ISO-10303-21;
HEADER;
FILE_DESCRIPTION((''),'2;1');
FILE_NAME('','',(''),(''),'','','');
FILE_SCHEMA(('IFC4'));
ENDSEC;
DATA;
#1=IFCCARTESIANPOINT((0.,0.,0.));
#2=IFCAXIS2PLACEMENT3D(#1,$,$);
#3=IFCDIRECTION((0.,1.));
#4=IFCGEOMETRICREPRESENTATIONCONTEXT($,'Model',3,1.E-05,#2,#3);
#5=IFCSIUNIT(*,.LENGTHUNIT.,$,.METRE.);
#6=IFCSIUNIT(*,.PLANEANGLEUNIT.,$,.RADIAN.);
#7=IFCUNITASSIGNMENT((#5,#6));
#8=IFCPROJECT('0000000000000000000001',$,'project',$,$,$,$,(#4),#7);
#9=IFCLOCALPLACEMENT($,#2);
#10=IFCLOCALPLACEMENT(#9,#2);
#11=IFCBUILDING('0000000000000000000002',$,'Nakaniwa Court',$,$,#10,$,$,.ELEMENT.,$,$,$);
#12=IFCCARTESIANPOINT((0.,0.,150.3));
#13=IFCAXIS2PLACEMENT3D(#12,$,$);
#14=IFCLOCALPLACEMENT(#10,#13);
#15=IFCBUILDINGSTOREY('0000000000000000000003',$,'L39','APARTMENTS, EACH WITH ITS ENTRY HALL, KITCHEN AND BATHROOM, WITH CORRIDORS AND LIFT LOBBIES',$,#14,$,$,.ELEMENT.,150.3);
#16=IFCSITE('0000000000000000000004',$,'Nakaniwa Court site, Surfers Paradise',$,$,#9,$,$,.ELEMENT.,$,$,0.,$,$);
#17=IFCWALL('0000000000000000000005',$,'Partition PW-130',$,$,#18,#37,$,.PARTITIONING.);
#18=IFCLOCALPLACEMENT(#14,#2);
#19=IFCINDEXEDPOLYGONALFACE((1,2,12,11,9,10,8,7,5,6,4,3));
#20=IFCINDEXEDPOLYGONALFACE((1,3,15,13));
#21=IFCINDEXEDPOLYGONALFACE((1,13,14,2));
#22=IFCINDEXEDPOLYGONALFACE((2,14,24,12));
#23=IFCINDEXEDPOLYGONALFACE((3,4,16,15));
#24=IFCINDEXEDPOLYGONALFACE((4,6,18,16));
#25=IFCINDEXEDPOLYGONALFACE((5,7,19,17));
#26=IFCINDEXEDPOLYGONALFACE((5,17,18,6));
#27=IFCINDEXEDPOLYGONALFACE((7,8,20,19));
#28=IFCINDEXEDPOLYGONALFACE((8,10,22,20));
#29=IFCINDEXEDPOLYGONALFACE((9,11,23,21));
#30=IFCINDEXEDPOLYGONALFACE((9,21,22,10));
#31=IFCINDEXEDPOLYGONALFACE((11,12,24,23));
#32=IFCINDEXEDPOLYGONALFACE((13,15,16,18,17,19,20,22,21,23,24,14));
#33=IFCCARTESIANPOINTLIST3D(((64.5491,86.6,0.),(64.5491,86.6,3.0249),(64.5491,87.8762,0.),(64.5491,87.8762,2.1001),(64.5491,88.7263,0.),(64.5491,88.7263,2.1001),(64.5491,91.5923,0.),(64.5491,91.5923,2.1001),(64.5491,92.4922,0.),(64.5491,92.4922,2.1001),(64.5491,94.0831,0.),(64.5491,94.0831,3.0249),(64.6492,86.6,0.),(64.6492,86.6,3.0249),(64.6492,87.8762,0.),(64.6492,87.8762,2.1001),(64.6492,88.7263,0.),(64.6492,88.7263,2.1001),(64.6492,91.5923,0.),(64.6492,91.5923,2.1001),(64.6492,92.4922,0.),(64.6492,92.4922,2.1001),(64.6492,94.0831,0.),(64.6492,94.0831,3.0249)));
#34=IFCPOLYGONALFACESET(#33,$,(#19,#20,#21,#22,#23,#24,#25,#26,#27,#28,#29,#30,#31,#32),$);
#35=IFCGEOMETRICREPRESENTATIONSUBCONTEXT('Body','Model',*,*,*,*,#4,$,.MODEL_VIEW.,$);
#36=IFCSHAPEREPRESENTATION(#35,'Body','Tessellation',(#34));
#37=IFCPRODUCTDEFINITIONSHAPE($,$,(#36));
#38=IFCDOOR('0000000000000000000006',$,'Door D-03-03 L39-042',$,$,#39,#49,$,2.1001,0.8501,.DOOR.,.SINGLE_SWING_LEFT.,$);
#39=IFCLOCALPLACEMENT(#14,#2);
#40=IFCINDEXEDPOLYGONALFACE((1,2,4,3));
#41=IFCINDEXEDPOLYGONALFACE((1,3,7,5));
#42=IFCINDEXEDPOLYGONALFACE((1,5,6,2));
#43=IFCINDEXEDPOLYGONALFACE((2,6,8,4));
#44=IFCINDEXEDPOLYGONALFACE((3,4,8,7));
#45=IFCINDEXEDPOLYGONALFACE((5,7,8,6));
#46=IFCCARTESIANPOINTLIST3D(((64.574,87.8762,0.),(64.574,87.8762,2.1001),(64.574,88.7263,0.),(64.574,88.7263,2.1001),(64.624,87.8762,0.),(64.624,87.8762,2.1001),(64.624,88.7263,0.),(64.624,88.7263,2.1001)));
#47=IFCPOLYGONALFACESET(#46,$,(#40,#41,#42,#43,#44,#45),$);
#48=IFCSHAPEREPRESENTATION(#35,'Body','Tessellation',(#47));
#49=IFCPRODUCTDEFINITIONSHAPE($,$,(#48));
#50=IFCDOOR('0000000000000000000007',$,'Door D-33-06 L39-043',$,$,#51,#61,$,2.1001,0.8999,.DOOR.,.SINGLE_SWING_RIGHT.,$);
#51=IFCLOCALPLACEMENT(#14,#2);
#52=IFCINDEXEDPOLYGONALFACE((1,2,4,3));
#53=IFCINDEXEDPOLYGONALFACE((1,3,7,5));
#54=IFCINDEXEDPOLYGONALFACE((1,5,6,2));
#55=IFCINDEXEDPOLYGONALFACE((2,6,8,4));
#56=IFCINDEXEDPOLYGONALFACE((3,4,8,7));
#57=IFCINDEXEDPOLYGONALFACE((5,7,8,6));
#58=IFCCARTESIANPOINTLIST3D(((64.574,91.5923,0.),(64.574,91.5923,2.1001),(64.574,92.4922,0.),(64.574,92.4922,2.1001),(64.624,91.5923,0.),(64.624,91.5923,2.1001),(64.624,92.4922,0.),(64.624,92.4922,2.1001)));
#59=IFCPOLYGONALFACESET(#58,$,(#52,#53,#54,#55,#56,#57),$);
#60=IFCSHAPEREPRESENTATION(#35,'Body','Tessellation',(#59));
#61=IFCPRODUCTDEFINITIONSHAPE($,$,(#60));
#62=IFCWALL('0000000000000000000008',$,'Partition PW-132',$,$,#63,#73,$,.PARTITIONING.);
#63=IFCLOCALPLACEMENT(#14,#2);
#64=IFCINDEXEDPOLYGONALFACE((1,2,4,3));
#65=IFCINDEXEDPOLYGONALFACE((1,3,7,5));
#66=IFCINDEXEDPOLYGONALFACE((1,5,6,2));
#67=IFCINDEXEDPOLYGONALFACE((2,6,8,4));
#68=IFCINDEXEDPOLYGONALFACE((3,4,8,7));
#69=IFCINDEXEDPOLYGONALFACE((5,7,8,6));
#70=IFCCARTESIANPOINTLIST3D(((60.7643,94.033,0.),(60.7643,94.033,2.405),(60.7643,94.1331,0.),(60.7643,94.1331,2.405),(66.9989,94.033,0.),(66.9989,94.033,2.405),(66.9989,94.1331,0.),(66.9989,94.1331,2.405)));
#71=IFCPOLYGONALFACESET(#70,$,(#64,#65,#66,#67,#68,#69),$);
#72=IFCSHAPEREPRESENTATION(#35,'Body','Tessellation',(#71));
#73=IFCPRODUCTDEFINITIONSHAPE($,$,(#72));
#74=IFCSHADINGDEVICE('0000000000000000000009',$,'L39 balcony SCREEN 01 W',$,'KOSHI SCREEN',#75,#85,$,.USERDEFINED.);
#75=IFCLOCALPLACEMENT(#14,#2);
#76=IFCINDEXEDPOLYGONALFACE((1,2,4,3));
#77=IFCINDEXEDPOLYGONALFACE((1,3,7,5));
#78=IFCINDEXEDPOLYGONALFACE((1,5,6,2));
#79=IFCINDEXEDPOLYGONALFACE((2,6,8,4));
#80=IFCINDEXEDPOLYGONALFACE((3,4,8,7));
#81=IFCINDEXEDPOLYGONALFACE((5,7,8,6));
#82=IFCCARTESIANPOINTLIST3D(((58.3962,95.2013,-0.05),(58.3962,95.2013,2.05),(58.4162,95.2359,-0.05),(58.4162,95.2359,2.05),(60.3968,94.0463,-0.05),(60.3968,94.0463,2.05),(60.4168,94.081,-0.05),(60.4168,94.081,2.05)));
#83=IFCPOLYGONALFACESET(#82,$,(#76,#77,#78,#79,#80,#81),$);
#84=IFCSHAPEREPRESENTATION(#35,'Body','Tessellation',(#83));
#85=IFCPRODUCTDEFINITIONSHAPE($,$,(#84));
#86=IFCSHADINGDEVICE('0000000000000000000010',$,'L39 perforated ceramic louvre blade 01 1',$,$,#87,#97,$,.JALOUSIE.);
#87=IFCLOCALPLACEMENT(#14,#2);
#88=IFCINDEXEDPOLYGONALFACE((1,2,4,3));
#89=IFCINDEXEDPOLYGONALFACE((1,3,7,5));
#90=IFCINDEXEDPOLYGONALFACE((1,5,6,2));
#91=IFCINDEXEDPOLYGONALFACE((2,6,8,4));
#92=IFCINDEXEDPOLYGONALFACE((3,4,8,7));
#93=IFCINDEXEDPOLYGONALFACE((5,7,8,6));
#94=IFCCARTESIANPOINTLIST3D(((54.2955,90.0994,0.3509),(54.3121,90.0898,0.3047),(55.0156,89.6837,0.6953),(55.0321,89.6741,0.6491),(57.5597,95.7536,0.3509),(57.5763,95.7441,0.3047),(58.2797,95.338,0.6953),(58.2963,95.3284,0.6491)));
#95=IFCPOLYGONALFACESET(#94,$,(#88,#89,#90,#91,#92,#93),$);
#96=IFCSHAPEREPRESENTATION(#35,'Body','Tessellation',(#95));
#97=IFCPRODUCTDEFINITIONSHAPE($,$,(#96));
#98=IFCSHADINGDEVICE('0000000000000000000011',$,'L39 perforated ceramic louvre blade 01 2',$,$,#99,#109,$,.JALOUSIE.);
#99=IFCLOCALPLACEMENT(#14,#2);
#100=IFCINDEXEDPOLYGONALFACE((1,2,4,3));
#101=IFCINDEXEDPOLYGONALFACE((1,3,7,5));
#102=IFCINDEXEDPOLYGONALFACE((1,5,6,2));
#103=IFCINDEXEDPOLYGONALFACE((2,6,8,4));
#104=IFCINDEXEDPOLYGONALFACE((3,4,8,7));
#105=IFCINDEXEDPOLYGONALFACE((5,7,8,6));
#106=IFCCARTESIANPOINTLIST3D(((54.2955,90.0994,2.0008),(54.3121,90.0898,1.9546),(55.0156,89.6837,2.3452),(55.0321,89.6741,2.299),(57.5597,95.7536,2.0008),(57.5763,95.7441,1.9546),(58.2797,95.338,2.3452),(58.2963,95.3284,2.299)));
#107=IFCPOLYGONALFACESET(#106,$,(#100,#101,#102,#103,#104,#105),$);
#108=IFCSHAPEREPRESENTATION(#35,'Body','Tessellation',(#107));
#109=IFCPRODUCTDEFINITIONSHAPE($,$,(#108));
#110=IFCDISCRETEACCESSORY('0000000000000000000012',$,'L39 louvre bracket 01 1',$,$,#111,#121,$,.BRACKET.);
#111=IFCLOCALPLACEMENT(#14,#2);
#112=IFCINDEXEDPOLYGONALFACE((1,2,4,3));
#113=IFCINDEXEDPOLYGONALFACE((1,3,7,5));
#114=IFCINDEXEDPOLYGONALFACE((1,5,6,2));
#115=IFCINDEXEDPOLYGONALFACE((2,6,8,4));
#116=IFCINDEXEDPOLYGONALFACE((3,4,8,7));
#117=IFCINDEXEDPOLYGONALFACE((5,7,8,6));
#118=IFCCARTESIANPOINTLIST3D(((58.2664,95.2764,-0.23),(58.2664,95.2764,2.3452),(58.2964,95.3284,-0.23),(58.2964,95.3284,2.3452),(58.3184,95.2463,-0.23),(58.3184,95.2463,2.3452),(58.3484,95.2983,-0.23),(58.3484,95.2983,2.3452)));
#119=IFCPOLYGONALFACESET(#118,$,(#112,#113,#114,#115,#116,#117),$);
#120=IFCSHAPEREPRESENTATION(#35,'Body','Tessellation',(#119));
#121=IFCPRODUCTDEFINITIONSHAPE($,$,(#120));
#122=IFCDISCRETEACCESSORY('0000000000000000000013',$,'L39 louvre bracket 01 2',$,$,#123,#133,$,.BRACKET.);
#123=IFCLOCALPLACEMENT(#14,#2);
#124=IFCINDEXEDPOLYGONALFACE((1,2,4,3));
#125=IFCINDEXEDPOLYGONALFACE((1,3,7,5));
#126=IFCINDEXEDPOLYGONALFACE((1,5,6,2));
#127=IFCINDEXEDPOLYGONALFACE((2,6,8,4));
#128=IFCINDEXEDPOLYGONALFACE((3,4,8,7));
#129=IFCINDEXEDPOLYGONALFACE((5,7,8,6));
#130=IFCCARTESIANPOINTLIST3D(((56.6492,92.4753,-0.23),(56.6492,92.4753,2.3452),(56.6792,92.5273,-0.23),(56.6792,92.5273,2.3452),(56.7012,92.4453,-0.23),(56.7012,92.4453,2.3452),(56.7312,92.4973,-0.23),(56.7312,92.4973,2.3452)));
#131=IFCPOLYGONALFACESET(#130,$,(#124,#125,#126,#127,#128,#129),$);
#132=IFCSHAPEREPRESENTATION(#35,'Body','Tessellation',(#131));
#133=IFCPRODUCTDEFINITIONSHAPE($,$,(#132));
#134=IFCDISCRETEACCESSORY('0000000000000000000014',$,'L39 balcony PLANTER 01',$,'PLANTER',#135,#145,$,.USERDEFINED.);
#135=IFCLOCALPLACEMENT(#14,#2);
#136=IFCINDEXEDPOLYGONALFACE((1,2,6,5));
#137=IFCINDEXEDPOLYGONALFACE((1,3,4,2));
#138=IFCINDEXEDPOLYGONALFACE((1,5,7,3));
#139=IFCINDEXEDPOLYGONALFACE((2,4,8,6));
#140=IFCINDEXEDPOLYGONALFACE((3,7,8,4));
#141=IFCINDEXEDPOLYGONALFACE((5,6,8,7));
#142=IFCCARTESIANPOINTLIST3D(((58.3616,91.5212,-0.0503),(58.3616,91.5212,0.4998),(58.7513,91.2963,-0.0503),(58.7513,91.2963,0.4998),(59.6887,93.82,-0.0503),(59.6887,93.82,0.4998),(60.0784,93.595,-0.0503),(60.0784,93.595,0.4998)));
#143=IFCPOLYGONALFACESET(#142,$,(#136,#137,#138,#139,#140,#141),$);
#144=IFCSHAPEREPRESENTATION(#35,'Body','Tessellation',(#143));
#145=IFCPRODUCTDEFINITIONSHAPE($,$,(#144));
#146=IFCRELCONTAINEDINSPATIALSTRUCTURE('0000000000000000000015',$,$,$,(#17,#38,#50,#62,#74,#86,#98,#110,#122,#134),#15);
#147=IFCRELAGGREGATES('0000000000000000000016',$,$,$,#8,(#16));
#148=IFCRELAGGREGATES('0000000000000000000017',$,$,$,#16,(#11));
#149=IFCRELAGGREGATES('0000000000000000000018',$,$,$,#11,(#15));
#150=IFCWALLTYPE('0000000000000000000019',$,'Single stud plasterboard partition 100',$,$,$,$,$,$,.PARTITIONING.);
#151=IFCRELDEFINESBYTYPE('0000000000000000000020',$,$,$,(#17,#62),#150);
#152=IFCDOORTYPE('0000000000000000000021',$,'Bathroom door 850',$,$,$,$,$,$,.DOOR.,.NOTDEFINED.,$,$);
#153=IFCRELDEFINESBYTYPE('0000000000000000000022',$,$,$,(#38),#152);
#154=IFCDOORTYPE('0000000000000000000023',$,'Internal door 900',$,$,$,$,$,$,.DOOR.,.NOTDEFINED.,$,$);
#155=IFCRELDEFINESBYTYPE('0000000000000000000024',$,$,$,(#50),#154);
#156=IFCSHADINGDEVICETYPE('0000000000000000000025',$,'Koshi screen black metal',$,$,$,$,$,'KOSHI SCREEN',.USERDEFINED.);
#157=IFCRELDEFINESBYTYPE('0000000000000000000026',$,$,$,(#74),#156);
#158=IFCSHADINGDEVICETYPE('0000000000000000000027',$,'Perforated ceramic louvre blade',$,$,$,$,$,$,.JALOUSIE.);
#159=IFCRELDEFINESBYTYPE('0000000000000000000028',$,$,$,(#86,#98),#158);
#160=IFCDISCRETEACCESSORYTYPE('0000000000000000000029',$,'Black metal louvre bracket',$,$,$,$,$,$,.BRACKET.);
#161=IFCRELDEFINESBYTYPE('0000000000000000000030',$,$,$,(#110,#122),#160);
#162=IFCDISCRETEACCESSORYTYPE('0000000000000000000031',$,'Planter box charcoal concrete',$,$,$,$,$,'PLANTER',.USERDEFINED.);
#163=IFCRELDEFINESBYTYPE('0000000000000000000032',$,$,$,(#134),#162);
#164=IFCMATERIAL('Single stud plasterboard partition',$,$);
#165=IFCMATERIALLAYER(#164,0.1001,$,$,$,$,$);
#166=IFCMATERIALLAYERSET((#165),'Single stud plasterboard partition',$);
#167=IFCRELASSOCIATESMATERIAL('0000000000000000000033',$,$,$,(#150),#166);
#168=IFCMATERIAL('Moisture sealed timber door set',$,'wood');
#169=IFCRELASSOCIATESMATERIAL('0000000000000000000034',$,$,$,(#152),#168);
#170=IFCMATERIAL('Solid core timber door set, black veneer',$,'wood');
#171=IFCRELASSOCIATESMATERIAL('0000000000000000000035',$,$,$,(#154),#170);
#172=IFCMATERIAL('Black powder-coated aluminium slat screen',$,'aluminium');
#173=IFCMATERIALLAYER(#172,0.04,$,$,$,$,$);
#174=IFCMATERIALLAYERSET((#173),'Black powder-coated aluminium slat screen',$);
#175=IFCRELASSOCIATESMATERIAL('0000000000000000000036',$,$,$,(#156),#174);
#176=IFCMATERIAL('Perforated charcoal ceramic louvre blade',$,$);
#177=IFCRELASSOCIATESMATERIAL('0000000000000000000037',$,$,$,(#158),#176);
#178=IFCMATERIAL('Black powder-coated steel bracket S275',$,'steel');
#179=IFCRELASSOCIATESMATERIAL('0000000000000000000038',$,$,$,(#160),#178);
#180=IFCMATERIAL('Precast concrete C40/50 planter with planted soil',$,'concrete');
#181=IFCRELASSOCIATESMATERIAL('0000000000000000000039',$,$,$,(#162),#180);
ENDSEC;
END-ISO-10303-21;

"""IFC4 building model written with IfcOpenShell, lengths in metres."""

from ifc_helpers import new_model, si_unit, direction, frame, frame_2d, origin, origin_2d, place, context, subcontext, project, spatial, rectangle, extrude, material, layer, layer_set, material_profile, profile_set, type_object, element, fill, save


model = new_model("IFC4")

# Units and contexts
model_context = context("Model", 3, precision=1e-05, world=origin(), true_north=direction((0.0, 1.0)))
body_context = subcontext(model_context, "Body", "Model", "MODEL_VIEW")
ifc_project = project(units=[si_unit("LENGTHUNIT", "METRE"), si_unit("PLANEANGLEUNIT", "RADIAN")], contexts=[model_context])

# Site, building, storey
site_placement = place(None, origin())
site = spatial("IfcSite", under=ifc_project, at=site_placement, Name="Nakaniwa Court site, Surfers Paradise", CompositionType="ELEMENT", RefElevation=0.0)
building_placement = place(site_placement, origin())
building = spatial("IfcBuilding", under=site, at=building_placement, Name="Nakaniwa Court", CompositionType="ELEMENT")
storey_placement = place(building_placement, frame((0.0, 0.0, 150.3)))
storey = spatial("IfcBuildingStorey", under=building, at=storey_placement, Name="L39", Description="APARTMENTS, EACH WITH ITS ENTRY HALL, KITCHEN AND BATHROOM, WITH CORRIDORS AND LIFT LOBBIES", CompositionType="ELEMENT", Elevation=150.3)

# Shared definitions
ifc_material_1 = material(Name="Solid core timber door set, black veneer", Category="wood")

# Wall, openings, doors
ifc_material_2 = material(Name="Single stud plasterboard partition")
ifc_layer_1 = layer(ifc_material_2, 0.1001)
ifc_layer_set_1 = layer_set([ifc_layer_1], Name="Single stud plasterboard partition")
wall_type_1 = type_object("IfcWallType", Name="Single stud plasterboard partition 100", PredefinedType="PARTITIONING", material=ifc_layer_set_1)
wall_1_placement = place(storey_placement, frame((64.5991, 94.0833, 0.0), z_axis=(0.0, 0.0, 1.0), x_axis=(0.0, -1.0, 0.0)))
wall_1 = element("IfcWall", 1, at=wall_1_placement, inside=storey, type_object=wall_type_1, Name="Partition PW-130", PredefinedType="PARTITIONING", context=body_context, shape_type="SweptSolid", body=[
    extrude(rectangle(XDim=7.4832, YDim=0.1001, at=frame_2d((3.7417, 0.0))), origin(), (0.0, 0.0, 1.0), 3.0249),
])
opening_1_placement = place(wall_1_placement, frame((5.3569, 0.0, 0.0)))
opening_1 = element("IfcOpeningElement", 2, at=opening_1_placement, cuts=wall_1, PredefinedType="OPENING", context=body_context, shape_type="SweptSolid", body=[
    extrude(rectangle(XDim=0.8501, YDim=2.1001, at=frame_2d((0.425, 1.05))), frame((0.0, 0.0601, 0.0), z_axis=(0.0, -1.0, 0.0), x_axis=(1.0, 0.0, 0.0)), (0.0, 0.0, 1.0), 0.1201),
])
opening_2_placement = place(wall_1_placement, frame((1.5911, 0.0, 0.0)))
opening_2 = element("IfcOpeningElement", 3, at=opening_2_placement, cuts=wall_1, PredefinedType="OPENING", context=body_context, shape_type="SweptSolid", body=[
    extrude(rectangle(XDim=0.8999, YDim=2.1001, at=frame_2d((0.45, 1.05))), frame((0.0, 0.0601, 0.0), z_axis=(0.0, -1.0, 0.0), x_axis=(1.0, 0.0, 0.0)), (0.0, 0.0, 1.0), 0.1201),
])
ifc_material_3 = material(Name="Moisture sealed timber door set", Category="wood")
door_type_1 = type_object("IfcDoorType", Name="Bathroom door 850", OperationType="NOTDEFINED", PredefinedType="DOOR", material=ifc_material_3)
door_1_placement = place(opening_1_placement, origin())
door_1 = element("IfcDoor", 4, at=door_1_placement, inside=storey, type_object=door_type_1, Name="Door D-03-03 L39-042", OperationType="SINGLE_SWING_LEFT", OverallHeight=2.1001, OverallWidth=0.8501, PredefinedType="DOOR", context=body_context, shape_type="SweptSolid", body=[
    extrude(rectangle(XDim=0.8501, YDim=2.1001, at=frame_2d((0.425, 1.05))), frame((0.0, 0.0249, 0.0), z_axis=(0.0, -1.0, 0.0), x_axis=(1.0, 0.0, 0.0)), (0.0, 0.0, 1.0), 0.05),
])
fill(opening_1, door_1)
door_type_2 = type_object("IfcDoorType", Name="Internal door 900", OperationType="NOTDEFINED", PredefinedType="DOOR", material=ifc_material_1)
door_2_placement = place(opening_2_placement, origin())
door_2 = element("IfcDoor", 5, at=door_2_placement, inside=storey, type_object=door_type_2, Name="Door D-33-06 L39-043", OperationType="SINGLE_SWING_RIGHT", OverallHeight=2.1001, OverallWidth=0.8999, PredefinedType="DOOR", context=body_context, shape_type="SweptSolid", body=[
    extrude(rectangle(XDim=0.8999, YDim=2.1001, at=frame_2d((0.45, 1.05))), frame((0.0, 0.0249, 0.0), z_axis=(0.0, -1.0, 0.0), x_axis=(1.0, 0.0, 0.0)), (0.0, 0.0, 1.0), 0.05),
])
fill(opening_2, door_2)

# Wall
wall_2_placement = place(storey_placement, frame((60.7644, 94.083, 0.0), z_axis=(0.0, 0.0, 1.0), x_axis=(1.0, 0.0, 0.0)))
element("IfcWall", 6, at=wall_2_placement, inside=storey, type_object=wall_type_1, Name="Partition PW-132", PredefinedType="PARTITIONING", context=body_context, shape_type="SweptSolid", body=[
    extrude(rectangle(XDim=6.2346, YDim=0.1001, at=frame_2d((3.1172, 0.0))), origin(), (0.0, 0.0, 1.0), 2.405),
])

# Shading devices
ifc_material_4 = material(Name="Black powder-coated aluminium slat screen", Category="aluminium")
ifc_layer_2 = layer(ifc_material_4, 0.04)
ifc_layer_set_2 = layer_set([ifc_layer_2], Name="Black powder-coated aluminium slat screen")
shading_device_type_1 = type_object("IfcShadingDeviceType", Name="Koshi screen black metal", ElementType="KOSHI SCREEN", PredefinedType="USERDEFINED", material=ifc_layer_set_2)
shading_device_placement = place(storey_placement, frame((59.4065, 94.6411, -0.05), z_axis=(0.0, 0.0, 1.0), x_axis=(-0.499976, -0.866039, 0.0)))
element("IfcShadingDevice", 7, at=shading_device_placement, inside=storey, type_object=shading_device_type_1, Name="L39 balcony SCREEN 01 W", ObjectType="KOSHI SCREEN", PredefinedType="USERDEFINED", context=body_context, shape_type="SweptSolid", body=[
    extrude(rectangle(XDim=0.04, YDim=2.3101, at=origin_2d()), origin(), (0.0, 0.0, 1.0), 2.1001),
])
ifc_material_5 = material(Name="Perforated charcoal ceramic louvre blade")
ifc_material_profile_1 = material_profile(ifc_material_5, rectangle(XDim=0.8999, YDim=0.05, at=origin_2d()), Name="Perforated ceramic louvre blade")
ifc_profile_set_1 = profile_set([ifc_material_profile_1], Name="Perforated charcoal ceramic louvre blade")
shading_device_type_2 = type_object("IfcShadingDeviceType", Name="Perforated ceramic louvre blade", PredefinedType="JALOUSIE", material=ifc_profile_set_1)
for number, where, z_axis, x_axis, name in (
    (8, (57.928, 95.541, 0.5), (-0.49996, -0.866049, 0.0), (0.800125, -0.461903, 0.382683), "L39 perforated ceramic louvre blade 01 1"),
    (9, (57.928, 95.541, 2.1499), (-0.49996, -0.866049, 0.0), (0.800125, -0.461903, 0.382683), "L39 perforated ceramic louvre blade 01 2"),
):
    element("IfcShadingDevice", number, at=place(storey_placement, frame(where, z_axis=z_axis, x_axis=x_axis)), inside=storey, type_object=shading_device_type_2, Name=name, PredefinedType="JALOUSIE", context=body_context, shape_type="SweptSolid", body=[
        extrude(rectangle(XDim=0.8999, YDim=0.05, at=origin_2d()), origin(), (0.0, 0.0, 1.0), 6.5288),
    ])

# Discrete accessories
ifc_material_6 = material(Name="Black powder-coated steel bracket S275", Category="steel")
discrete_accessory_type_1 = type_object("IfcDiscreteAccessoryType", Name="Black metal louvre bracket", PredefinedType="BRACKET", material=ifc_material_6)
for number, where, z_axis, x_axis, name in (
    (10, (58.3074, 95.2874, -0.23), (0.0, 0.0, 1.0), (-0.499976, -0.866039, 0.0), "L39 louvre bracket 01 1"),
    (11, (56.6902, 92.4863, -0.23), (0.0, 0.0, 1.0), (-0.499976, -0.866039, 0.0), "L39 louvre bracket 01 2"),
):
    element("IfcDiscreteAccessory", number, at=place(storey_placement, frame(where, z_axis=z_axis, x_axis=x_axis)), inside=storey, type_object=discrete_accessory_type_1, Name=name, PredefinedType="BRACKET", context=body_context, shape_type="SweptSolid", body=[
        extrude(rectangle(XDim=0.0601, YDim=0.0601, at=origin_2d()), origin(), (0.0, 0.0, 1.0), 2.5752),
    ])
ifc_material_7 = material(Name="Precast concrete C40/50 planter with planted soil", Category="concrete")
discrete_accessory_type_2 = type_object("IfcDiscreteAccessoryType", Name="Planter box charcoal concrete", ElementType="PLANTER", PredefinedType="USERDEFINED", material=ifc_material_7)
discrete_accessory_placement = place(storey_placement, frame((59.22, 92.5581, -0.0503), z_axis=(0.0, 0.0, 1.0), x_axis=(-0.499976, -0.866039, 0.0)))
element("IfcDiscreteAccessory", 12, at=discrete_accessory_placement, inside=storey, type_object=discrete_accessory_type_2, Name="L39 balcony PLANTER 01", ObjectType="PLANTER", PredefinedType="USERDEFINED", context=body_context, shape_type="SweptSolid", body=[
    extrude(rectangle(XDim=2.6543, YDim=0.45, at=origin_2d()), origin(), (0.0, 0.0, 1.0), 0.55),
])

save(model, "model.ifc")
